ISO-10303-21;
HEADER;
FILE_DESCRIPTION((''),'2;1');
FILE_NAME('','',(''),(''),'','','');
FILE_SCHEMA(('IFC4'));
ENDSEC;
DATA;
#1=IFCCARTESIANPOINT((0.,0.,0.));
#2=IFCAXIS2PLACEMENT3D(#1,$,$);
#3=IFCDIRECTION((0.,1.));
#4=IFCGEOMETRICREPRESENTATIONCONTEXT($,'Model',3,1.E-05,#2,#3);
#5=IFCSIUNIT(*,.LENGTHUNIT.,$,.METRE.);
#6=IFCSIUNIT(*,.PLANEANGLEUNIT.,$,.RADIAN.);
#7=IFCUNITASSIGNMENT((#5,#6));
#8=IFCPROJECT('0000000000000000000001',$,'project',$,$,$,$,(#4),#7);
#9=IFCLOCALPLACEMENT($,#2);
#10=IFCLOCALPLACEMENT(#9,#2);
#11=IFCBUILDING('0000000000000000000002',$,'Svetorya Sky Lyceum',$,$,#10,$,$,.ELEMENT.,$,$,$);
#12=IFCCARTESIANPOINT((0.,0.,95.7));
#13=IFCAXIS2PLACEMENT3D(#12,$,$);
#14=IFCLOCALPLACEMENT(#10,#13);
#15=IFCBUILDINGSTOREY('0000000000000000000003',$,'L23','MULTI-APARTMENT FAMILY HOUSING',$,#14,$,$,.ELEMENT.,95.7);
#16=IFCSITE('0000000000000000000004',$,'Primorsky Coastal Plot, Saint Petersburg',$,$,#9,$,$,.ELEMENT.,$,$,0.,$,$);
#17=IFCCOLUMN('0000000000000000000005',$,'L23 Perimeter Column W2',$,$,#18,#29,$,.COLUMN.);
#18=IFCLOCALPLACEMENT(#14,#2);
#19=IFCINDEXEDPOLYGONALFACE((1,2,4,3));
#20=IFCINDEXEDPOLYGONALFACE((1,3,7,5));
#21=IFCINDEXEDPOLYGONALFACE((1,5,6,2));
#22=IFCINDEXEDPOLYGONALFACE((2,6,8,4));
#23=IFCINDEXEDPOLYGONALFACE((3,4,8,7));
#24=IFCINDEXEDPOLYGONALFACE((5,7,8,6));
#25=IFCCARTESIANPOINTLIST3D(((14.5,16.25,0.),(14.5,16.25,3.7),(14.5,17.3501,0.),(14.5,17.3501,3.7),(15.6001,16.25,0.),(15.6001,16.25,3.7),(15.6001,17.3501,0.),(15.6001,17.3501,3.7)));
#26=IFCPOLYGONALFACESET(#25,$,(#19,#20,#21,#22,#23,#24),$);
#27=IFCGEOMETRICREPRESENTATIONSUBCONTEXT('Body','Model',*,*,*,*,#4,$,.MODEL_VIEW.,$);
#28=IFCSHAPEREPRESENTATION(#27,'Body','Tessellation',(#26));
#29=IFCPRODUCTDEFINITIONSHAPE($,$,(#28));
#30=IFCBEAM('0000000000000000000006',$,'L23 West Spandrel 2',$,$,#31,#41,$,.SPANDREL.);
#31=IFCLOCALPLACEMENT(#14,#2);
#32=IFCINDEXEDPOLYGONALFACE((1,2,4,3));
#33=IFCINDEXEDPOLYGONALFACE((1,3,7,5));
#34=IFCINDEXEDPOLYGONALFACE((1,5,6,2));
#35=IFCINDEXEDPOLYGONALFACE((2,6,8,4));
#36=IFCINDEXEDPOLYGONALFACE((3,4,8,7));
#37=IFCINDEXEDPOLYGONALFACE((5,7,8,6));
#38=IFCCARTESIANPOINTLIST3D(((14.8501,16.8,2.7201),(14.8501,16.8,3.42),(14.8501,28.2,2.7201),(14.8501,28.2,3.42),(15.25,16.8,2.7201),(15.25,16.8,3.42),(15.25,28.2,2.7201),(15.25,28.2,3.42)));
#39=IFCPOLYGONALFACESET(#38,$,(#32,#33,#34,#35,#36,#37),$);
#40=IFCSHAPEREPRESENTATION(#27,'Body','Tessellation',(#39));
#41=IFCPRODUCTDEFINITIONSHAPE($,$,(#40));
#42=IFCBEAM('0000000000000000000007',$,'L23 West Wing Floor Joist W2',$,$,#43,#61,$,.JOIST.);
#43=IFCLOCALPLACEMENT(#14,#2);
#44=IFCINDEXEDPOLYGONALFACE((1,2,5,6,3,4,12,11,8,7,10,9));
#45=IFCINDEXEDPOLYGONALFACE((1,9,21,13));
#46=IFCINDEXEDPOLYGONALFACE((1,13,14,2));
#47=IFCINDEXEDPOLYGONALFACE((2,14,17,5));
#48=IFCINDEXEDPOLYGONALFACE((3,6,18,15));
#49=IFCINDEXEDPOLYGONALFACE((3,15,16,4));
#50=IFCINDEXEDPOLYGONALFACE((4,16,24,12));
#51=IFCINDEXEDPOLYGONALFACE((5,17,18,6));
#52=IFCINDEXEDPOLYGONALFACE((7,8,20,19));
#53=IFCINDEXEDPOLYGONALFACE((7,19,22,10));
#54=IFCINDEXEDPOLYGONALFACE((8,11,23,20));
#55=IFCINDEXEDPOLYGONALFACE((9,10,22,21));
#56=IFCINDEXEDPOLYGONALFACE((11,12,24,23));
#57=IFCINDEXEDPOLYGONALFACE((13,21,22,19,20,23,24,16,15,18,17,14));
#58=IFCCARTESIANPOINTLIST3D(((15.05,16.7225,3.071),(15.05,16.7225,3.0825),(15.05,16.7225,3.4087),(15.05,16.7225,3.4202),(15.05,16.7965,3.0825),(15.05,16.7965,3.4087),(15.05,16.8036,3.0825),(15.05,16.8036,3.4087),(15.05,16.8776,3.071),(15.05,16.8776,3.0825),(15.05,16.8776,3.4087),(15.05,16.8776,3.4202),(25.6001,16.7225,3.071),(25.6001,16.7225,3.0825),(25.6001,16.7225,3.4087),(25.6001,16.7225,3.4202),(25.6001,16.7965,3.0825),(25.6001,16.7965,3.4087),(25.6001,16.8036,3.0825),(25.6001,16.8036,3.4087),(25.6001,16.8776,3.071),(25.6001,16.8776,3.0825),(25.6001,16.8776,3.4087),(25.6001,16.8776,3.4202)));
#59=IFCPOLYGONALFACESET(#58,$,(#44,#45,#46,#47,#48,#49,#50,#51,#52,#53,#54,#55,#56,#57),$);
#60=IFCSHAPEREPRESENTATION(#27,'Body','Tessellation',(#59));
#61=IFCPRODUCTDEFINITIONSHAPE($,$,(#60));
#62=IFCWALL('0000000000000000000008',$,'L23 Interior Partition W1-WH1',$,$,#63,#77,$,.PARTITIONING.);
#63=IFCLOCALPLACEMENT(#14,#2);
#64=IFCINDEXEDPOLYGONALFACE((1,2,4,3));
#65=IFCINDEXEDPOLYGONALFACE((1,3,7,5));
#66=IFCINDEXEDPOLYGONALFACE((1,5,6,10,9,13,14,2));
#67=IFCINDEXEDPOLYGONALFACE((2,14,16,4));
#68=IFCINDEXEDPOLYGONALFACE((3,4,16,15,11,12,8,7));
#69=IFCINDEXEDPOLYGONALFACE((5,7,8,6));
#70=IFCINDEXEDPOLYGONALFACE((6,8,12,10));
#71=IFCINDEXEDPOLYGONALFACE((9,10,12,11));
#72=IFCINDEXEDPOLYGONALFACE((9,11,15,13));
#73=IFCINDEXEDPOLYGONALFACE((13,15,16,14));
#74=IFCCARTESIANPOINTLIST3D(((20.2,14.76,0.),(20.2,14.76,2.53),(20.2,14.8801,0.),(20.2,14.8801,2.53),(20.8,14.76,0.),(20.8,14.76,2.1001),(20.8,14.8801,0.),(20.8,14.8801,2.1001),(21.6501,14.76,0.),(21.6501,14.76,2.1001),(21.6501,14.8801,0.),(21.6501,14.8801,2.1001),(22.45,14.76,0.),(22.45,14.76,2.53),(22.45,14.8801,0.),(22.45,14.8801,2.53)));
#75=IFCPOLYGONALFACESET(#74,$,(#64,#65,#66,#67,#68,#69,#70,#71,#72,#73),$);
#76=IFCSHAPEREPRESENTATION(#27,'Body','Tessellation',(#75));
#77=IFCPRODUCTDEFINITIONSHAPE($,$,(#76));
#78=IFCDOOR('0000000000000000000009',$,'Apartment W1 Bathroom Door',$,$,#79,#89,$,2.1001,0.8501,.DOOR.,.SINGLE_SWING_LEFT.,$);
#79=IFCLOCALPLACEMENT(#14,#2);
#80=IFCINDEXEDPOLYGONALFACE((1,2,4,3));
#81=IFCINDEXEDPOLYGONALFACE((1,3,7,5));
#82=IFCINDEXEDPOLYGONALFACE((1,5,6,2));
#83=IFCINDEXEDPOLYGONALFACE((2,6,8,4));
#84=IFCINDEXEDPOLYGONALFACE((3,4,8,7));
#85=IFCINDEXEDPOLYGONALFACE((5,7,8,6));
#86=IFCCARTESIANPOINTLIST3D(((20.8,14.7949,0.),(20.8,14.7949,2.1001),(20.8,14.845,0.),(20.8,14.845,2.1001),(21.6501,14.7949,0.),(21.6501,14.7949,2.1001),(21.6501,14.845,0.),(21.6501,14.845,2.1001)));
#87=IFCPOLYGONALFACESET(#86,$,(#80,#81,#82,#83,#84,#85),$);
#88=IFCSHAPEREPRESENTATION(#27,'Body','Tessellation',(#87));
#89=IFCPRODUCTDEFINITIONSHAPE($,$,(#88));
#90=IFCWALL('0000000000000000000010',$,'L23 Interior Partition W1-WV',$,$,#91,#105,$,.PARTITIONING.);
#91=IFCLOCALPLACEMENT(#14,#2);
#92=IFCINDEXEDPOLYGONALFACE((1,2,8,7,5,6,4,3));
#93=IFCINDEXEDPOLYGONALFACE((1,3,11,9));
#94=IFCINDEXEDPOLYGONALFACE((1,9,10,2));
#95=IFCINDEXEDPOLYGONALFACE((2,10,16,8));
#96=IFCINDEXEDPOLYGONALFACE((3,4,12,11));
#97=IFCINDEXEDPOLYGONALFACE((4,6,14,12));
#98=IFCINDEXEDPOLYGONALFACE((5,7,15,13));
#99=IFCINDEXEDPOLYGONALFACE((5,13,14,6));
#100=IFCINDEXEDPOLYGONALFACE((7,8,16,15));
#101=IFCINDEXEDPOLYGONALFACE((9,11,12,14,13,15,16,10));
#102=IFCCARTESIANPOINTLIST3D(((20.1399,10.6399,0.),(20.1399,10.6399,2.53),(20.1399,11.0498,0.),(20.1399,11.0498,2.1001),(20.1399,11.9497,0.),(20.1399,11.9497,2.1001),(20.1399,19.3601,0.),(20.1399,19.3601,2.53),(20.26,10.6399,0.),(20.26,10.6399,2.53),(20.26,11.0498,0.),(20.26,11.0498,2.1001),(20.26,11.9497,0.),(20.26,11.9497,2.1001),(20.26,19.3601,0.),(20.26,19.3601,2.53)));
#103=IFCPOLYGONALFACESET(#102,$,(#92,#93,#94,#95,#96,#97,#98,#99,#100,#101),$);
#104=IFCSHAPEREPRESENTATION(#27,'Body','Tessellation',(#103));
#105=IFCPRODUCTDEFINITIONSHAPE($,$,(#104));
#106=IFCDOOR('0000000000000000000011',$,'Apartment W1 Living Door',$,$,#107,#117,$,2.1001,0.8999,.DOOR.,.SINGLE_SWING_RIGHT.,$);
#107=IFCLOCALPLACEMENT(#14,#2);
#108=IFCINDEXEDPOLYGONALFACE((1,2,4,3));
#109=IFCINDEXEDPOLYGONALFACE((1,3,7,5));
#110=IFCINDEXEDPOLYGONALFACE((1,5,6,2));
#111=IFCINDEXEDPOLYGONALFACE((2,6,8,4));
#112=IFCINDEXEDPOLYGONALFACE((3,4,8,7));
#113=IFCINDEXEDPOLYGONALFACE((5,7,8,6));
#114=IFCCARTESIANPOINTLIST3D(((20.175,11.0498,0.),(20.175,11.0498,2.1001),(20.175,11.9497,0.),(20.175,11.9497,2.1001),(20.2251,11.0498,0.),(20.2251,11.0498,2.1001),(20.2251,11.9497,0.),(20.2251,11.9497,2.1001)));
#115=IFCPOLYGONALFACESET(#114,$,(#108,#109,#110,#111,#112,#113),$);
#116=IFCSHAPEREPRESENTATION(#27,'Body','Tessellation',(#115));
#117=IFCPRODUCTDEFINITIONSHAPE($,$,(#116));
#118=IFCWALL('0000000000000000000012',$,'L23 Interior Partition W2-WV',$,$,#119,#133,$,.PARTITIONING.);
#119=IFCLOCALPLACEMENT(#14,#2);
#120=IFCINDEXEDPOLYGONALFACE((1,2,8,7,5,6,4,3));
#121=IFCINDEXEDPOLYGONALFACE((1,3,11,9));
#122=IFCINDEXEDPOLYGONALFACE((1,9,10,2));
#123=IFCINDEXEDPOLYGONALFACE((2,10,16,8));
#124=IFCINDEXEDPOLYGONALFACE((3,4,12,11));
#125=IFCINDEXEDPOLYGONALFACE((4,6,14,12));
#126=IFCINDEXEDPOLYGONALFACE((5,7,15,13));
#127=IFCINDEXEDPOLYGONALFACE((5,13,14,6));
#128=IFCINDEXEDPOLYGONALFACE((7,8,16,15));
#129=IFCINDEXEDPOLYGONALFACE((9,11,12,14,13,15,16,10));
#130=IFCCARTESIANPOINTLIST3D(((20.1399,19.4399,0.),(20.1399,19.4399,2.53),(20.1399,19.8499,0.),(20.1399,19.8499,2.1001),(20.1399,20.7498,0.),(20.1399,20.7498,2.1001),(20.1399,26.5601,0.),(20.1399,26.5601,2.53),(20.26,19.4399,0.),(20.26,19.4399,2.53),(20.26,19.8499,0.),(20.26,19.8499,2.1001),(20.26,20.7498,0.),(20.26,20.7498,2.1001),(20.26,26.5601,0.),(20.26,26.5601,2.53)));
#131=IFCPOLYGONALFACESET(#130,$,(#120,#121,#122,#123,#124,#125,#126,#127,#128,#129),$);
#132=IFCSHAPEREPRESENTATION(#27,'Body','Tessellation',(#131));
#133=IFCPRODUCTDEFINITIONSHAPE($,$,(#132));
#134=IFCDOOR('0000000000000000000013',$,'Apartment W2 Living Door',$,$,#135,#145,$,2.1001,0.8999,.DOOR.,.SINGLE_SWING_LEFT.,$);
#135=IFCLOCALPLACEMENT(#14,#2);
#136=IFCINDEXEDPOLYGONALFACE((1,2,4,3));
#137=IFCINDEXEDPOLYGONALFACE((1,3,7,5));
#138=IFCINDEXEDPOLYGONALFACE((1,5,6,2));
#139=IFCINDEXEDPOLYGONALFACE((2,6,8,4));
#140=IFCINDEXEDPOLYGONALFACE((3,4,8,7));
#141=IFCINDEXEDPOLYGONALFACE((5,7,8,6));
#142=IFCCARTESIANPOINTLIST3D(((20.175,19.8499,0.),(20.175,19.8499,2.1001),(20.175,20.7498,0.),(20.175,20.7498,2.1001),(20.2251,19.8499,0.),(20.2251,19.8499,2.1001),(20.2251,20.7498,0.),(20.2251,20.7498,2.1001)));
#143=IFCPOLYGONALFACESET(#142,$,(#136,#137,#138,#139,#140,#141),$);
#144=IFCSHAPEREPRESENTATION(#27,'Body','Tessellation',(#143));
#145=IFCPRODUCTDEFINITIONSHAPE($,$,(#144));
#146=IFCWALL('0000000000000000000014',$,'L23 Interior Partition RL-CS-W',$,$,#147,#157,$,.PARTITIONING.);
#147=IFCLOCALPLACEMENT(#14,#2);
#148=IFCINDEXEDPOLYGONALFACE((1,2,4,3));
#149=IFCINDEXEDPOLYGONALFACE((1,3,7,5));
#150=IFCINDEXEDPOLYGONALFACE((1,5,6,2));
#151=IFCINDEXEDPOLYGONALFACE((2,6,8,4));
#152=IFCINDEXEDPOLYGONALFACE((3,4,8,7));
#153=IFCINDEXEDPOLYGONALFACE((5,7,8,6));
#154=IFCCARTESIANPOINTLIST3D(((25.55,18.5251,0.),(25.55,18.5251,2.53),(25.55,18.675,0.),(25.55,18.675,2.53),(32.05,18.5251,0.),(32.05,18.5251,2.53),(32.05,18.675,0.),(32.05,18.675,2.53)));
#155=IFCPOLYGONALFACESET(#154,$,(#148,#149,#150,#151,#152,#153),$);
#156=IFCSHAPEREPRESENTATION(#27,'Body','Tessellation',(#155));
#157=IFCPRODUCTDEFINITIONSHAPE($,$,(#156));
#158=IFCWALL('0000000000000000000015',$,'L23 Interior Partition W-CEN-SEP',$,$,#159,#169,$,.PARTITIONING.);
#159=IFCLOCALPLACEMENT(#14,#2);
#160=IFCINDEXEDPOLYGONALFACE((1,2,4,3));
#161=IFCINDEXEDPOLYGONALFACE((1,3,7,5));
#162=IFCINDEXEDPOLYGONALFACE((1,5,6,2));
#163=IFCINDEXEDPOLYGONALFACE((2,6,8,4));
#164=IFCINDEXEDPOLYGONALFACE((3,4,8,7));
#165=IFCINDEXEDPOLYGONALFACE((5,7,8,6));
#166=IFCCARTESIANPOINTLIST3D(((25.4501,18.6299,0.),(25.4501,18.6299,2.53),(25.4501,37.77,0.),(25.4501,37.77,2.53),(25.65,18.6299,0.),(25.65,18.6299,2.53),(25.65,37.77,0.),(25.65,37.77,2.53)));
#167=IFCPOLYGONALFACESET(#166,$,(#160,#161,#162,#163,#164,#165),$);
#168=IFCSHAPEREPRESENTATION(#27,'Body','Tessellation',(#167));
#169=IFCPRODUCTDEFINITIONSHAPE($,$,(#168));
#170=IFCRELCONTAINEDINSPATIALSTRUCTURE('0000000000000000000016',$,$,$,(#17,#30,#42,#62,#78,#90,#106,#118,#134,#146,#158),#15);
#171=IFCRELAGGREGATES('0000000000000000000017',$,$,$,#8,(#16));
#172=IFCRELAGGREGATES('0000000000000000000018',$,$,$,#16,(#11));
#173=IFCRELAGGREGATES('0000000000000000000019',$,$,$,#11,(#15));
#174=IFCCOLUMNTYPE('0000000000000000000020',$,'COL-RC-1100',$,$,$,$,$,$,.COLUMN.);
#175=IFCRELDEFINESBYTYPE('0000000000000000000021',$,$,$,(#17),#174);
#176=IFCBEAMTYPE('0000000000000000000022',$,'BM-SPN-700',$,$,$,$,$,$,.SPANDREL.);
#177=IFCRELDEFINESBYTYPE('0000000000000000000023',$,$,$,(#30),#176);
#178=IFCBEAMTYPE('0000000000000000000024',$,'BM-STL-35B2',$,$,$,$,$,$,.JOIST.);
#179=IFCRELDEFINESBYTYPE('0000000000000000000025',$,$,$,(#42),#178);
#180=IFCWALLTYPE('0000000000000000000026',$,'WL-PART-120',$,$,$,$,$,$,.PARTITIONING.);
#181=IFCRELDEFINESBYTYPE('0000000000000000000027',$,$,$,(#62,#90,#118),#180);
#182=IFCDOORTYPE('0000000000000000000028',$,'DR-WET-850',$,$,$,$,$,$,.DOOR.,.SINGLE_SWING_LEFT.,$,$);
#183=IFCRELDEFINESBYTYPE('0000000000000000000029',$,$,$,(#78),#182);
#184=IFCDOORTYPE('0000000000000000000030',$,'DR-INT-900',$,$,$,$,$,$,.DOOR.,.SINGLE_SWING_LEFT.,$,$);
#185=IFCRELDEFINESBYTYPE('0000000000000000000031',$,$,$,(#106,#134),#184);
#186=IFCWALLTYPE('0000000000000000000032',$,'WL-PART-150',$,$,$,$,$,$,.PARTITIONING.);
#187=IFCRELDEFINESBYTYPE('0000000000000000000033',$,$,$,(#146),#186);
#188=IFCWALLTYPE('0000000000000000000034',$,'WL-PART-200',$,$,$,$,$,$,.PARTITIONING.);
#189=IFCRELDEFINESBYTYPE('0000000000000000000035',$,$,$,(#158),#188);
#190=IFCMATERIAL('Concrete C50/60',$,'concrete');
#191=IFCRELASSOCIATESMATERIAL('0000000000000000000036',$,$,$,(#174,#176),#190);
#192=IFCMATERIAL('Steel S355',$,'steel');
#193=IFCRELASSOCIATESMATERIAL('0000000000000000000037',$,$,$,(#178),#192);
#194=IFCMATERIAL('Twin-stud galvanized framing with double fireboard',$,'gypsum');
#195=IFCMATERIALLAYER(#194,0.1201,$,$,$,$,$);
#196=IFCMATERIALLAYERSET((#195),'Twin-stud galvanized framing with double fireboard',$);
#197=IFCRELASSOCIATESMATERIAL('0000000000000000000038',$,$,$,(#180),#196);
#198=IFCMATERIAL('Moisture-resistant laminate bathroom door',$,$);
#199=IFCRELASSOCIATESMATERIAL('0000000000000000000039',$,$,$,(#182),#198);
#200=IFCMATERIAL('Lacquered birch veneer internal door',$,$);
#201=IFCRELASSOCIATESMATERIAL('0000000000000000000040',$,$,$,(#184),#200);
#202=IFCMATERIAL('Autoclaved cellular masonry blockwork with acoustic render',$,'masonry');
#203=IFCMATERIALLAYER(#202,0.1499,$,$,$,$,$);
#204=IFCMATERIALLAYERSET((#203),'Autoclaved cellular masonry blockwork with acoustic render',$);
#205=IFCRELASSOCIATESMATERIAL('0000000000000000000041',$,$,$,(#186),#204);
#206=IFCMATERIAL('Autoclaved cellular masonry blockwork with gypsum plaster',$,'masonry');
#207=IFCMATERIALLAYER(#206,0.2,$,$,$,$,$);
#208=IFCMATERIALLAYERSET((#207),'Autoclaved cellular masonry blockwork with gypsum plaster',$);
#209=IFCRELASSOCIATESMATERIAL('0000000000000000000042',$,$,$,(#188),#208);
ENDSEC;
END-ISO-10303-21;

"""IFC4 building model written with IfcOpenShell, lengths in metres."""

from ifc_helpers import new_model, si_unit, direction, frame, frame_2d, origin, origin_2d, place, context, subcontext, project, spatial, rectangle, i_section, extrude, material, layer, layer_set, material_profile, profile_set, type_object, element, fill, save


model = new_model("IFC4")

# Units and contexts
model_context = context("Model", 3, precision=1e-05, world=origin(), true_north=direction((0.0, 1.0)))
body_context = subcontext(model_context, "Body", "Model", "MODEL_VIEW")
ifc_project = project(units=[si_unit("LENGTHUNIT", "METRE"), si_unit("PLANEANGLEUNIT", "RADIAN")], contexts=[model_context])

# Site, building, storey
site_placement = place(None, origin())
site = spatial("IfcSite", under=ifc_project, at=site_placement, Name="Primorsky Coastal Plot, Saint Petersburg", CompositionType="ELEMENT", RefElevation=0.0)
building_placement = place(site_placement, origin())
building = spatial("IfcBuilding", under=site, at=building_placement, Name="Svetorya Sky Lyceum", CompositionType="ELEMENT")
storey_placement = place(building_placement, frame((0.0, 0.0, 95.7)))
storey = spatial("IfcBuildingStorey", under=building, at=storey_placement, Name="L23", Description="MULTI-APARTMENT FAMILY HOUSING", CompositionType="ELEMENT", Elevation=95.7)

# Column
ifc_material_1 = material(Name="Concrete C50/60", Category="concrete")
ifc_material_profile_1 = material_profile(ifc_material_1, rectangle(XDim=1.1001, YDim=1.1001, at=origin_2d()), Name="RC COL 1100x1100")
ifc_profile_set_1 = profile_set([ifc_material_profile_1], Name="Concrete C50/60")
column_type = type_object("IfcColumnType", Name="COL-RC-1100", PredefinedType="COLUMN", material=ifc_profile_set_1)
column_placement = place(storey_placement, frame((15.05, 16.8, 0.0), z_axis=(0.0, 0.0, 1.0), x_axis=(1.0, 0.0, 0.0)))
element("IfcColumn", 1, at=column_placement, inside=storey, type_object=column_type, Name="L23 Perimeter Column W2", PredefinedType="COLUMN", context=body_context, shape_type="SweptSolid", body=[
    extrude(rectangle(XDim=1.1001, YDim=1.1001, at=origin_2d()), origin(), (0.0, 0.0, 1.0), 3.7),
])

# Beams
ifc_material_profile_2 = material_profile(ifc_material_1, rectangle(XDim=0.3999, YDim=0.7, at=origin_2d()), Name="RC SPANDREL 400x700")
ifc_profile_set_2 = profile_set([ifc_material_profile_2], Name="Concrete C50/60")
beam_type_1 = type_object("IfcBeamType", Name="BM-SPN-700", PredefinedType="SPANDREL", material=ifc_profile_set_2)
beam_1_placement = place(storey_placement, frame((15.05, 16.8, 3.0701), z_axis=(0.0, 1.0, 0.0), x_axis=(-1.0, 0.0, 0.0)))
element("IfcBeam", 2, at=beam_1_placement, inside=storey, type_object=beam_type_1, Name="L23 West Spandrel 2", PredefinedType="SPANDREL", context=body_context, shape_type="SweptSolid", body=[
    extrude(rectangle(XDim=0.3999, YDim=0.7, at=origin_2d()), origin(), (0.0, 0.0, 1.0), 11.3999),
])
ifc_material_2 = material(Name="Steel S355", Category="steel")
ifc_material_profile_3 = material_profile(ifc_material_2, i_section(OverallWidth=0.155, OverallDepth=0.3491, WebThickness=0.0071, FlangeThickness=0.0115, at=origin_2d()), Name="GOST 35B2")
ifc_profile_set_3 = profile_set([ifc_material_profile_3], Name="Steel S355")
beam_type_2 = type_object("IfcBeamType", Name="BM-STL-35B2", PredefinedType="JOIST", material=ifc_profile_set_3)
beam_2_placement = place(storey_placement, frame((15.05, 16.8, 3.2456), z_axis=(1.0, 0.0, 0.0), x_axis=(0.0, 1.0, 0.0)))
element("IfcBeam", 3, at=beam_2_placement, inside=storey, type_object=beam_type_2, Name="L23 West Wing Floor Joist W2", PredefinedType="JOIST", context=body_context, shape_type="SweptSolid", body=[
    extrude(i_section(OverallWidth=0.155, OverallDepth=0.3491, WebThickness=0.0071, FlangeThickness=0.0115, at=origin_2d()), origin(), (0.0, 0.0, 1.0), 10.55),
])

# Walls, openings, doors
ifc_material_3 = material(Name="Twin-stud galvanized framing with double fireboard", Category="gypsum")
ifc_layer_1 = layer(ifc_material_3, 0.1201)
ifc_layer_set_1 = layer_set([ifc_layer_1], Name="Twin-stud galvanized framing with double fireboard")
wall_type_1 = type_object("IfcWallType", Name="WL-PART-120", PredefinedType="PARTITIONING", material=ifc_layer_set_1)
wall_1_placement = place(storey_placement, frame((20.2, 14.8201, 0.0), z_axis=(0.0, 0.0, 1.0), x_axis=(1.0, 0.0, 0.0)))
wall_1 = element("IfcWall", 4, at=wall_1_placement, inside=storey, type_object=wall_type_1, Name="L23 Interior Partition W1-WH1", PredefinedType="PARTITIONING", context=body_context, shape_type="SweptSolid", body=[
    extrude(rectangle(XDim=2.25, YDim=0.1201, at=frame_2d((1.125, 0.0))), origin(), (0.0, 0.0, 1.0), 2.53),
])
opening_1_placement = place(wall_1_placement, frame((0.6001, 0.0, 0.0)))
opening_1 = element("IfcOpeningElement", 5, at=opening_1_placement, cuts=wall_1, PredefinedType="OPENING", context=body_context, shape_type="SweptSolid", body=[
    extrude(rectangle(XDim=0.8501, YDim=2.1001, at=frame_2d((0.425, 1.05))), frame((0.0, 0.0701, 0.0), z_axis=(0.0, -1.0, 0.0), x_axis=(1.0, 0.0, 0.0)), (0.0, 0.0, 1.0), 0.1401),
])
ifc_material_4 = material(Name="Moisture-resistant laminate bathroom door")
door_type_1 = type_object("IfcDoorType", Name="DR-WET-850", OperationType="SINGLE_SWING_LEFT", PredefinedType="DOOR", material=ifc_material_4)
door_1_placement = place(opening_1_placement, origin())
door_1 = element("IfcDoor", 6, at=door_1_placement, inside=storey, type_object=door_type_1, Name="Apartment W1 Bathroom Door", OperationType="SINGLE_SWING_LEFT", OverallHeight=2.1001, OverallWidth=0.8501, PredefinedType="DOOR", context=body_context, shape_type="SweptSolid", body=[
    extrude(rectangle(XDim=0.8501, YDim=2.1001, at=frame_2d((0.425, 1.05))), frame((0.0, 0.0249, 0.0), z_axis=(0.0, -1.0, 0.0), x_axis=(1.0, 0.0, 0.0)), (0.0, 0.0, 1.0), 0.05),
])
fill(opening_1, door_1)
wall_2_placement = place(storey_placement, frame((20.2, 10.6399, 0.0), z_axis=(0.0, 0.0, 1.0), x_axis=(0.0, 1.0, 0.0)))
wall_2 = element("IfcWall", 7, at=wall_2_placement, inside=storey, type_object=wall_type_1, Name="L23 Interior Partition W1-WV", PredefinedType="PARTITIONING", context=body_context, shape_type="SweptSolid", body=[
    extrude(rectangle(XDim=8.7202, YDim=0.1201, at=frame_2d((4.3601, 0.0))), origin(), (0.0, 0.0, 1.0), 2.53),
])
opening_2_placement = place(wall_2_placement, frame((0.4099, 0.0, 0.0)))
opening_2 = element("IfcOpeningElement", 8, at=opening_2_placement, cuts=wall_2, PredefinedType="OPENING", context=body_context, shape_type="SweptSolid", body=[
    extrude(rectangle(XDim=0.8999, YDim=2.1001, at=frame_2d((0.45, 1.05))), frame((0.0, 0.0701, 0.0), z_axis=(0.0, -1.0, 0.0), x_axis=(1.0, 0.0, 0.0)), (0.0, 0.0, 1.0), 0.1401),
])
ifc_material_5 = material(Name="Lacquered birch veneer internal door")
door_type_2 = type_object("IfcDoorType", Name="DR-INT-900", OperationType="SINGLE_SWING_LEFT", PredefinedType="DOOR", material=ifc_material_5)
door_2_placement = place(opening_2_placement, origin())
door_2 = element("IfcDoor", 9, at=door_2_placement, inside=storey, type_object=door_type_2, Name="Apartment W1 Living Door", OperationType="SINGLE_SWING_RIGHT", OverallHeight=2.1001, OverallWidth=0.8999, PredefinedType="DOOR", context=body_context, shape_type="SweptSolid", body=[
    extrude(rectangle(XDim=0.8999, YDim=2.1001, at=frame_2d((0.45, 1.05))), frame((0.0, 0.0249, 0.0), z_axis=(0.0, -1.0, 0.0), x_axis=(1.0, 0.0, 0.0)), (0.0, 0.0, 1.0), 0.05),
])
fill(opening_2, door_2)
wall_3_placement = place(storey_placement, frame((20.2, 19.4399, 0.0), z_axis=(0.0, 0.0, 1.0), x_axis=(0.0, 1.0, 0.0)))
wall_3 = element("IfcWall", 10, at=wall_3_placement, inside=storey, type_object=wall_type_1, Name="L23 Interior Partition W2-WV", PredefinedType="PARTITIONING", context=body_context, shape_type="SweptSolid", body=[
    extrude(rectangle(XDim=7.1201, YDim=0.1201, at=frame_2d((3.5601, 0.0))), origin(), (0.0, 0.0, 1.0), 2.53),
])
opening_3_placement = place(wall_3_placement, frame((0.4099, 0.0, 0.0)))
opening_3 = element("IfcOpeningElement", 11, at=opening_3_placement, cuts=wall_3, PredefinedType="OPENING", context=body_context, shape_type="SweptSolid", body=[
    extrude(rectangle(XDim=0.8999, YDim=2.1001, at=frame_2d((0.45, 1.05))), frame((0.0, 0.0701, 0.0), z_axis=(0.0, -1.0, 0.0), x_axis=(1.0, 0.0, 0.0)), (0.0, 0.0, 1.0), 0.1401),
])
door_3_placement = place(opening_3_placement, origin())
door_3 = element("IfcDoor", 12, at=door_3_placement, inside=storey, type_object=door_type_2, Name="Apartment W2 Living Door", OperationType="SINGLE_SWING_LEFT", OverallHeight=2.1001, OverallWidth=0.8999, PredefinedType="DOOR", context=body_context, shape_type="SweptSolid", body=[
    extrude(rectangle(XDim=0.8999, YDim=2.1001, at=frame_2d((0.45, 1.05))), frame((0.0, 0.0249, 0.0), z_axis=(0.0, -1.0, 0.0), x_axis=(1.0, 0.0, 0.0)), (0.0, 0.0, 1.0), 0.05),
])
fill(opening_3, door_3)

# Walls
ifc_material_6 = material(Name="Autoclaved cellular masonry blockwork with acoustic render", Category="masonry")
ifc_layer_2 = layer(ifc_material_6, 0.1499)
ifc_layer_set_2 = layer_set([ifc_layer_2], Name="Autoclaved cellular masonry blockwork with acoustic render")
wall_type_2 = type_object("IfcWallType", Name="WL-PART-150", PredefinedType="PARTITIONING", material=ifc_layer_set_2)
wall_4_placement = place(storey_placement, frame((25.55, 18.6001, 0.0), z_axis=(0.0, 0.0, 1.0), x_axis=(1.0, 0.0, 0.0)))
element("IfcWall", 13, at=wall_4_placement, inside=storey, type_object=wall_type_2, Name="L23 Interior Partition RL-CS-W", PredefinedType="PARTITIONING", context=body_context, shape_type="SweptSolid", body=[
    extrude(rectangle(XDim=6.5, YDim=0.1499, at=frame_2d((3.25, 0.0))), origin(), (0.0, 0.0, 1.0), 2.53),
])
ifc_material_7 = material(Name="Autoclaved cellular masonry blockwork with gypsum plaster", Category="masonry")
ifc_layer_3 = layer(ifc_material_7, 0.2)
ifc_layer_set_3 = layer_set([ifc_layer_3], Name="Autoclaved cellular masonry blockwork with gypsum plaster")
wall_type_3 = type_object("IfcWallType", Name="WL-PART-200", PredefinedType="PARTITIONING", material=ifc_layer_set_3)
wall_5_placement = place(storey_placement, frame((25.55, 18.6299, 0.0), z_axis=(0.0, 0.0, 1.0), x_axis=(0.0, 1.0, 0.0)))
element("IfcWall", 14, at=wall_5_placement, inside=storey, type_object=wall_type_3, Name="L23 Interior Partition W-CEN-SEP", PredefinedType="PARTITIONING", context=body_context, shape_type="SweptSolid", body=[
    extrude(rectangle(XDim=19.1401, YDim=0.2, at=frame_2d((9.5701, 0.0))), origin(), (0.0, 0.0, 1.0), 2.53),
])

save(model, "model.ifc")
